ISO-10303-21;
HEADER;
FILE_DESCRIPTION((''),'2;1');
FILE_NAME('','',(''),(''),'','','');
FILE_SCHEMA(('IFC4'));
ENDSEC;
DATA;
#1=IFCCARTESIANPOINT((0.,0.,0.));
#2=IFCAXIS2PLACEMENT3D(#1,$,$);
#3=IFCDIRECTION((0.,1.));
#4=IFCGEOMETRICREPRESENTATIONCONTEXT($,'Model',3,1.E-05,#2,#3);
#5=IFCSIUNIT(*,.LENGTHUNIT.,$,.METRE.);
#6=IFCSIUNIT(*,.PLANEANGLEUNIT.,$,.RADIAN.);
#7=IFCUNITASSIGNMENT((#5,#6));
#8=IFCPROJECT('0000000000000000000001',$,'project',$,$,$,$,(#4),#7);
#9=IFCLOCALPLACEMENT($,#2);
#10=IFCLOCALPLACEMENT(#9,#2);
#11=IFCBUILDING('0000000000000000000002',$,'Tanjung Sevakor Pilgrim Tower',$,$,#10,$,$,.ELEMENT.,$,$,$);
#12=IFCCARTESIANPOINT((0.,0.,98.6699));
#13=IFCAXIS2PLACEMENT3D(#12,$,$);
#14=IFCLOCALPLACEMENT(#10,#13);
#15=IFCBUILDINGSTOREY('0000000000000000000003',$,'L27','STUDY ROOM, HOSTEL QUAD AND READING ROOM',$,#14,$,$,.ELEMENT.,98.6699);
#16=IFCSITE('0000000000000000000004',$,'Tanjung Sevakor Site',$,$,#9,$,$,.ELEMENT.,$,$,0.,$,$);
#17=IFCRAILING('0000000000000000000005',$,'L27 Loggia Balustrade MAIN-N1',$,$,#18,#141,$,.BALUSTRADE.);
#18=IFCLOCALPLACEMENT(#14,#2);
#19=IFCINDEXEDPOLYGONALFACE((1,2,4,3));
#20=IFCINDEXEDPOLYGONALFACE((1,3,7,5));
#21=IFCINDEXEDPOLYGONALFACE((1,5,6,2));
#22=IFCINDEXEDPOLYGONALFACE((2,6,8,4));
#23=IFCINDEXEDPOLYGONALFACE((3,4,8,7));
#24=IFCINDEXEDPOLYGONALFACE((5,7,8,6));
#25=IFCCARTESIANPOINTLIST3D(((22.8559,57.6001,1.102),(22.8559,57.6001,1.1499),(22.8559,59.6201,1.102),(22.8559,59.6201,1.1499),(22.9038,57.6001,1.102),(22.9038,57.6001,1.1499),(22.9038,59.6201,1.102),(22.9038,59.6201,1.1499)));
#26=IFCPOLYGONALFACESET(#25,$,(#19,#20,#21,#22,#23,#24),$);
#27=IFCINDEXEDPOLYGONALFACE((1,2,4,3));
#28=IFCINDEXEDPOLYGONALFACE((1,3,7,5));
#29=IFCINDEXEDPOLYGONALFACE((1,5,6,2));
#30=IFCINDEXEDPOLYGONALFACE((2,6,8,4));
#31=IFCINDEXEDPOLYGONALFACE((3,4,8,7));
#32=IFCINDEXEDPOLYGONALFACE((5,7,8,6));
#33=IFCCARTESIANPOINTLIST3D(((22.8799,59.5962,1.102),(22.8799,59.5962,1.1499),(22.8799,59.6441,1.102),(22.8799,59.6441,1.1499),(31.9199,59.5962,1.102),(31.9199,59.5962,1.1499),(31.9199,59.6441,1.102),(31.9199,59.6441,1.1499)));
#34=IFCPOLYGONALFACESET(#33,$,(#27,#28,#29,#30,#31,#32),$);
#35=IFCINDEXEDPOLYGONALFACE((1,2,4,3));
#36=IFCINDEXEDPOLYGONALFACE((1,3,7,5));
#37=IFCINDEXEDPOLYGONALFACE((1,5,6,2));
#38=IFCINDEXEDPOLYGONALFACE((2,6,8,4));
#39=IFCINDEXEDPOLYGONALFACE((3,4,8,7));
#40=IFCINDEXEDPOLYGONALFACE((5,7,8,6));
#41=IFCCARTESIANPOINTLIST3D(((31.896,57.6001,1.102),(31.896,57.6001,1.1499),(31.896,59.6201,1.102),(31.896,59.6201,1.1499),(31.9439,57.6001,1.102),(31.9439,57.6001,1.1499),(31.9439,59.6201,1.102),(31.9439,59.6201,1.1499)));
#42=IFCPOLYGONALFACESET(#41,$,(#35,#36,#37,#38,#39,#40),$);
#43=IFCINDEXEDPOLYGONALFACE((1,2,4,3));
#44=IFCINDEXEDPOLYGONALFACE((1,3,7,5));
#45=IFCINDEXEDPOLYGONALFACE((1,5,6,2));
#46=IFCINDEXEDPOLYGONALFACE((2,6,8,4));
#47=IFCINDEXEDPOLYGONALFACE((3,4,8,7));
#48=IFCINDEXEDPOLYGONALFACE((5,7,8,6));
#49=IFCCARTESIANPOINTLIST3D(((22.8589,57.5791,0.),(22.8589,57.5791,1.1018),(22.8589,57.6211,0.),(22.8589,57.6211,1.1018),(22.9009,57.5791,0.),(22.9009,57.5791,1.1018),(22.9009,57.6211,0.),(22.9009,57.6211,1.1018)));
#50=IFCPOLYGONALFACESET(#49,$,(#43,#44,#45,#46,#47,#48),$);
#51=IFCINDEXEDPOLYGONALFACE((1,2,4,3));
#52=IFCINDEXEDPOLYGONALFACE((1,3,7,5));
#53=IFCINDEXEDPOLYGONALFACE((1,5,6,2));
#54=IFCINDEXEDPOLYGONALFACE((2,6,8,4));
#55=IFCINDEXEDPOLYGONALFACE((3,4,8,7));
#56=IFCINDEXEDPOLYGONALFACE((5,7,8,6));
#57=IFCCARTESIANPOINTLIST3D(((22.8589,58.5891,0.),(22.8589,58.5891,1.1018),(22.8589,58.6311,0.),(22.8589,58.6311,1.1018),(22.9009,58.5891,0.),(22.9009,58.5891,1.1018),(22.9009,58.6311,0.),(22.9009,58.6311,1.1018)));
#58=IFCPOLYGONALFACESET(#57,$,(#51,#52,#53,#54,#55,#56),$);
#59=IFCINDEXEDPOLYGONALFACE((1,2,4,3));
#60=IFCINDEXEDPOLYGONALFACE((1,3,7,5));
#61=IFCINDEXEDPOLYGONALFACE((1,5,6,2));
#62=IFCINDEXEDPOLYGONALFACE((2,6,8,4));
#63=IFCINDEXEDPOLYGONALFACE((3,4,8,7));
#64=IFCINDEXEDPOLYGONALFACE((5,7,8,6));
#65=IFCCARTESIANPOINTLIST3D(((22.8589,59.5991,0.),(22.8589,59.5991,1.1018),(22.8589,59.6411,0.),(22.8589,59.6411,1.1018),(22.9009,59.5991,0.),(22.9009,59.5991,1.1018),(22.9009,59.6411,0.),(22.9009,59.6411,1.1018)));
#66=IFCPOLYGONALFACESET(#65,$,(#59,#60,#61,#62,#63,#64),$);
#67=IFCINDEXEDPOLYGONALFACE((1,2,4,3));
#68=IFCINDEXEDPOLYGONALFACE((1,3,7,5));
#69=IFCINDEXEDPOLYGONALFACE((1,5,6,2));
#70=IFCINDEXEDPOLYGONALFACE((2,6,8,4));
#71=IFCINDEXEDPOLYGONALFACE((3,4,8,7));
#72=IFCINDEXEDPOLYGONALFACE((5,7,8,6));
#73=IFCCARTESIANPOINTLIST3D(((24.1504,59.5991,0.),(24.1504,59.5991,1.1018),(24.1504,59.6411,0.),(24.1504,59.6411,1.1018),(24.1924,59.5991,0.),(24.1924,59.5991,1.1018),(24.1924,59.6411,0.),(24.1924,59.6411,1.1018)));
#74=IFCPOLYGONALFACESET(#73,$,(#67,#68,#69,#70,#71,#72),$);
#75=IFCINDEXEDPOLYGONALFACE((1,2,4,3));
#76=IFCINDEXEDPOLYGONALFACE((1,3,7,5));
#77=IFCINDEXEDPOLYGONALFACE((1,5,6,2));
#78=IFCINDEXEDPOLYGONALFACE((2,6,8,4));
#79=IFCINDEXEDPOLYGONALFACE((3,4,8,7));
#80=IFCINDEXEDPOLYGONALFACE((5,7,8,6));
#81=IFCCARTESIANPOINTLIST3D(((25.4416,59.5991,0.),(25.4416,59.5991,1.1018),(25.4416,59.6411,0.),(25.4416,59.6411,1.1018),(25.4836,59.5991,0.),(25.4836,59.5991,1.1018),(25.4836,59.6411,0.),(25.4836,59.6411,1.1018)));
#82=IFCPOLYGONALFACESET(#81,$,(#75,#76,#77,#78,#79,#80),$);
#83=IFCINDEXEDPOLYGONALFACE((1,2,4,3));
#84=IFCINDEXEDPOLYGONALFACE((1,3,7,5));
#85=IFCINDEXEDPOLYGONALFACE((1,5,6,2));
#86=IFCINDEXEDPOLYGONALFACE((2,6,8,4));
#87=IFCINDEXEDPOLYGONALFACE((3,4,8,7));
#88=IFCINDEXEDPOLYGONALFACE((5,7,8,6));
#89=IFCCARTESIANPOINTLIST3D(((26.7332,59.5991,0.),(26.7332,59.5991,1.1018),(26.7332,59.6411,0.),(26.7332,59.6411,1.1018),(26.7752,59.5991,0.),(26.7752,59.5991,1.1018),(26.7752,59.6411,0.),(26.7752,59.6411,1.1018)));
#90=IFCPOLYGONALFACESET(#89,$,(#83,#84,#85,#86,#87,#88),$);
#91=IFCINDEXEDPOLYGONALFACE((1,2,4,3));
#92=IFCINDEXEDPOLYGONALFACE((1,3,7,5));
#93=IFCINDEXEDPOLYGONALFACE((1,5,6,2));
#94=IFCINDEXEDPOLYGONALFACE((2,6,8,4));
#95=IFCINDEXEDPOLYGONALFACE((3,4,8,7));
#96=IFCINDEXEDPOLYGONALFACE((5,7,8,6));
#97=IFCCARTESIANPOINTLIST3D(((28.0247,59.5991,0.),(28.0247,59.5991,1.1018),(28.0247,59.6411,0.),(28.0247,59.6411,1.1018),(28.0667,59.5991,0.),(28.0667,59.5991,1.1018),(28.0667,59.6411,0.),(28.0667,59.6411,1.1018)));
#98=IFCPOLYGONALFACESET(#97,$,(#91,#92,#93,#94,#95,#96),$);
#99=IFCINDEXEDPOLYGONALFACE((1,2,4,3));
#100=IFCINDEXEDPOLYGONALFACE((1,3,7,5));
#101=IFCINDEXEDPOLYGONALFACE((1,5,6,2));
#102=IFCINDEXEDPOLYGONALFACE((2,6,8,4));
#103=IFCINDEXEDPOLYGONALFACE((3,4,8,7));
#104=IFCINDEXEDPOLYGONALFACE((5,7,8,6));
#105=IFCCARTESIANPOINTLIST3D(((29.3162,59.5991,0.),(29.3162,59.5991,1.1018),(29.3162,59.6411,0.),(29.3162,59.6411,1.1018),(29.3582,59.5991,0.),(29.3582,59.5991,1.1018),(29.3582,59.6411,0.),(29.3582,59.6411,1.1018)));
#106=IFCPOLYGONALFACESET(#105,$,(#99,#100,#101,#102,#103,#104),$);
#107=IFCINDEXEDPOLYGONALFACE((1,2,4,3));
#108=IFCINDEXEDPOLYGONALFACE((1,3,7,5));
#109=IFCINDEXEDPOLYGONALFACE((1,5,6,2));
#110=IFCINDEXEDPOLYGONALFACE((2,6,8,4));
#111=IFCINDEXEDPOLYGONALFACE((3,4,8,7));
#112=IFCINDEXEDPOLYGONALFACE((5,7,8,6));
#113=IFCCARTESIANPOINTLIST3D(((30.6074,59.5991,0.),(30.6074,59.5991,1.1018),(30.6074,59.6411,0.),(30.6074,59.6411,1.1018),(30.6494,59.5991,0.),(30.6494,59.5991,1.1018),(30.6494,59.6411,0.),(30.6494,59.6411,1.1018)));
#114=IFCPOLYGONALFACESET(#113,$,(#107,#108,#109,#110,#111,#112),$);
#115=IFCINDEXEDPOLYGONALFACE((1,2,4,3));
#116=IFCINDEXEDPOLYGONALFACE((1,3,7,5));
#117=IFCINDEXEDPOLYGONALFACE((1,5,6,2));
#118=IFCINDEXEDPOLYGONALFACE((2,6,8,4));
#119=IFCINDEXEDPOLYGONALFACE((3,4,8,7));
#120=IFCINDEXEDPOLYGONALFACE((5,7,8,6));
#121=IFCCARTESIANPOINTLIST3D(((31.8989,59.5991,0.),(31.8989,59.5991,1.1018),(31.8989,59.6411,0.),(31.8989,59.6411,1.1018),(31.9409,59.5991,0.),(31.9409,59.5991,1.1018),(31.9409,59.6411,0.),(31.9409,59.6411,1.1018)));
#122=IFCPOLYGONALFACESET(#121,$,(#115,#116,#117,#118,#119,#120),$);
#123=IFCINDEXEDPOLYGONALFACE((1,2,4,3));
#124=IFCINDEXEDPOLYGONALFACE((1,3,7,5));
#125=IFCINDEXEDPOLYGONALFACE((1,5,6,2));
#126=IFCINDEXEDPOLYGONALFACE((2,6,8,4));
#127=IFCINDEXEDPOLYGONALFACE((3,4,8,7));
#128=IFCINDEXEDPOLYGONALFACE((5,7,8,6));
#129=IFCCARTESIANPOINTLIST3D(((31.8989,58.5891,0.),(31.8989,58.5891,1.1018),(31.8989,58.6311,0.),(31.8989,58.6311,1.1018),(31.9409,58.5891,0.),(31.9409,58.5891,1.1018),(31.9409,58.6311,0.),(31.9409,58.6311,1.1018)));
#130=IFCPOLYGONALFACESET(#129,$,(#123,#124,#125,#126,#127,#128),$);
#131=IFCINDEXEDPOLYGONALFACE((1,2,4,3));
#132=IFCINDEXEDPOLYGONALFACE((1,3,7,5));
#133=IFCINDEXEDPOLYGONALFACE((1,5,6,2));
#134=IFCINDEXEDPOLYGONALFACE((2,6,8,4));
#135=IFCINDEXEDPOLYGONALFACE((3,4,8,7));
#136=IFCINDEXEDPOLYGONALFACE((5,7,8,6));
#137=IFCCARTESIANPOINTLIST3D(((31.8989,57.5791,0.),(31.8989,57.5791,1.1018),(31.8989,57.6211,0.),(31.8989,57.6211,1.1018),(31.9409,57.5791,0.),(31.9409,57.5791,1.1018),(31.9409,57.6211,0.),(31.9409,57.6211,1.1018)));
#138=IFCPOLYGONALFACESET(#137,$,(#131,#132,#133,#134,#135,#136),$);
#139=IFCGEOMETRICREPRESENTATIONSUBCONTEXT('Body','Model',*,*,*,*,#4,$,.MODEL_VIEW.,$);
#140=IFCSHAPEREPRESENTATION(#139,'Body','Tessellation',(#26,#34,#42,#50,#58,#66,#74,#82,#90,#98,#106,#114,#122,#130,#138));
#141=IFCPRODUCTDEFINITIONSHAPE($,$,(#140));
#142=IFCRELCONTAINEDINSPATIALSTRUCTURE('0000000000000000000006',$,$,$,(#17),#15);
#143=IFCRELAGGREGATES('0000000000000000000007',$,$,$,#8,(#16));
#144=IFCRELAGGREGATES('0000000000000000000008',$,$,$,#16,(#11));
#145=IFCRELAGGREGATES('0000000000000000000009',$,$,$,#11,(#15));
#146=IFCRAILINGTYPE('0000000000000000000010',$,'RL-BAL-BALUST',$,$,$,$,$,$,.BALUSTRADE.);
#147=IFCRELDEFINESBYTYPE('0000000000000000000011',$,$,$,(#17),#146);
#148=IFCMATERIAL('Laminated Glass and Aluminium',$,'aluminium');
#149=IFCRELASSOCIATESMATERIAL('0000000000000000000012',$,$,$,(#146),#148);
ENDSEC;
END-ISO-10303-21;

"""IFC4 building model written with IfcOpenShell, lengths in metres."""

from ifc_helpers import new_model, si_unit, direction, frame, origin, place, context, subcontext, project, spatial, rectangle, extrude, material, type_object, element, save


model = new_model("IFC4")

# Units and contexts
model_context = context("Model", 3, precision=1e-05, world=origin(), true_north=direction((0.0, 1.0)))
body_context = subcontext(model_context, "Body", "Model", "MODEL_VIEW")
ifc_project = project(units=[si_unit("LENGTHUNIT", "METRE"), si_unit("PLANEANGLEUNIT", "RADIAN")], contexts=[model_context])

# Site, building, storey
site_placement = place(None, origin())
site = spatial("IfcSite", under=ifc_project, at=site_placement, Name="Tanjung Sevakor Site", CompositionType="ELEMENT", RefElevation=0.0)
building_placement = place(site_placement, origin())
building = spatial("IfcBuilding", under=site, at=building_placement, Name="Tanjung Sevakor Pilgrim Tower", CompositionType="ELEMENT")
storey_placement = place(building_placement, frame((0.0, 0.0, 98.6699)))
storey = spatial("IfcBuildingStorey", under=building, at=storey_placement, Name="L27", Description="STUDY ROOM, HOSTEL QUAD AND READING ROOM", CompositionType="ELEMENT", Elevation=98.6699)

# Railing
ifc_material_1 = material(Name="Laminated Glass and Aluminium", Category="aluminium")
railing_type = type_object("IfcRailingType", Name="RL-BAL-BALUST", PredefinedType="BALUSTRADE", material=ifc_material_1)
railing_placement = place(storey_placement, frame((22.8799, 57.6001, 0.0)))
element("IfcRailing", 1, at=railing_placement, inside=storey, type_object=railing_type, Name="L27 Loggia Balustrade MAIN-N1", PredefinedType="BALUSTRADE", context=body_context, shape_type="SweptSolid", body=[
    extrude(rectangle(XDim=0.0479, YDim=0.0479), frame((0.0, 0.0, 1.126), z_axis=(0.0, 1.0, 0.0), x_axis=(-1.0, 0.0, 0.0)), (0.0, 0.0, 1.0), 2.02),
    extrude(rectangle(XDim=0.0479, YDim=0.0479), frame((0.0, 2.02, 1.126), z_axis=(1.0, 0.0, 0.0), x_axis=(0.0, 1.0, 0.0)), (0.0, 0.0, 1.0), 9.04),
    extrude(rectangle(XDim=0.0479, YDim=0.0479), frame((9.04, 2.02, 1.126), z_axis=(0.0, -1.0, 0.0), x_axis=(1.0, 0.0, 0.0)), (0.0, 0.0, 1.0), 2.02),
    extrude(rectangle(XDim=0.042, YDim=0.042), origin(), (0.0, 0.0, 1.0), 1.1018),
    extrude(rectangle(XDim=0.042, YDim=0.042), frame((0.0, 1.01, 0.0)), (0.0, 0.0, 1.0), 1.1018),
    extrude(rectangle(XDim=0.042, YDim=0.042), frame((0.0, 2.02, 0.0)), (0.0, 0.0, 1.0), 1.1018),
    extrude(rectangle(XDim=0.042, YDim=0.042), frame((1.2915, 2.02, 0.0)), (0.0, 0.0, 1.0), 1.1018),
    extrude(rectangle(XDim=0.042, YDim=0.042), frame((2.5828, 2.02, 0.0)), (0.0, 0.0, 1.0), 1.1018),
    extrude(rectangle(XDim=0.042, YDim=0.042), frame((3.8743, 2.02, 0.0)), (0.0, 0.0, 1.0), 1.1018),
    extrude(rectangle(XDim=0.042, YDim=0.042), frame((5.1658, 2.02, 0.0)), (0.0, 0.0, 1.0), 1.1018),
    extrude(rectangle(XDim=0.042, YDim=0.042), frame((6.4573, 2.02, 0.0)), (0.0, 0.0, 1.0), 1.1018),
    extrude(rectangle(XDim=0.042, YDim=0.042), frame((7.7485, 2.02, 0.0)), (0.0, 0.0, 1.0), 1.1018),
    extrude(rectangle(XDim=0.042, YDim=0.042), frame((9.04, 2.02, 0.0)), (0.0, 0.0, 1.0), 1.1018),
    extrude(rectangle(XDim=0.042, YDim=0.042), frame((9.04, 1.01, 0.0)), (0.0, 0.0, 1.0), 1.1018),
    extrude(rectangle(XDim=0.042, YDim=0.042), frame((9.04, 0.0, 0.0)), (0.0, 0.0, 1.0), 1.1018),
])

save(model, "model.ifc")
